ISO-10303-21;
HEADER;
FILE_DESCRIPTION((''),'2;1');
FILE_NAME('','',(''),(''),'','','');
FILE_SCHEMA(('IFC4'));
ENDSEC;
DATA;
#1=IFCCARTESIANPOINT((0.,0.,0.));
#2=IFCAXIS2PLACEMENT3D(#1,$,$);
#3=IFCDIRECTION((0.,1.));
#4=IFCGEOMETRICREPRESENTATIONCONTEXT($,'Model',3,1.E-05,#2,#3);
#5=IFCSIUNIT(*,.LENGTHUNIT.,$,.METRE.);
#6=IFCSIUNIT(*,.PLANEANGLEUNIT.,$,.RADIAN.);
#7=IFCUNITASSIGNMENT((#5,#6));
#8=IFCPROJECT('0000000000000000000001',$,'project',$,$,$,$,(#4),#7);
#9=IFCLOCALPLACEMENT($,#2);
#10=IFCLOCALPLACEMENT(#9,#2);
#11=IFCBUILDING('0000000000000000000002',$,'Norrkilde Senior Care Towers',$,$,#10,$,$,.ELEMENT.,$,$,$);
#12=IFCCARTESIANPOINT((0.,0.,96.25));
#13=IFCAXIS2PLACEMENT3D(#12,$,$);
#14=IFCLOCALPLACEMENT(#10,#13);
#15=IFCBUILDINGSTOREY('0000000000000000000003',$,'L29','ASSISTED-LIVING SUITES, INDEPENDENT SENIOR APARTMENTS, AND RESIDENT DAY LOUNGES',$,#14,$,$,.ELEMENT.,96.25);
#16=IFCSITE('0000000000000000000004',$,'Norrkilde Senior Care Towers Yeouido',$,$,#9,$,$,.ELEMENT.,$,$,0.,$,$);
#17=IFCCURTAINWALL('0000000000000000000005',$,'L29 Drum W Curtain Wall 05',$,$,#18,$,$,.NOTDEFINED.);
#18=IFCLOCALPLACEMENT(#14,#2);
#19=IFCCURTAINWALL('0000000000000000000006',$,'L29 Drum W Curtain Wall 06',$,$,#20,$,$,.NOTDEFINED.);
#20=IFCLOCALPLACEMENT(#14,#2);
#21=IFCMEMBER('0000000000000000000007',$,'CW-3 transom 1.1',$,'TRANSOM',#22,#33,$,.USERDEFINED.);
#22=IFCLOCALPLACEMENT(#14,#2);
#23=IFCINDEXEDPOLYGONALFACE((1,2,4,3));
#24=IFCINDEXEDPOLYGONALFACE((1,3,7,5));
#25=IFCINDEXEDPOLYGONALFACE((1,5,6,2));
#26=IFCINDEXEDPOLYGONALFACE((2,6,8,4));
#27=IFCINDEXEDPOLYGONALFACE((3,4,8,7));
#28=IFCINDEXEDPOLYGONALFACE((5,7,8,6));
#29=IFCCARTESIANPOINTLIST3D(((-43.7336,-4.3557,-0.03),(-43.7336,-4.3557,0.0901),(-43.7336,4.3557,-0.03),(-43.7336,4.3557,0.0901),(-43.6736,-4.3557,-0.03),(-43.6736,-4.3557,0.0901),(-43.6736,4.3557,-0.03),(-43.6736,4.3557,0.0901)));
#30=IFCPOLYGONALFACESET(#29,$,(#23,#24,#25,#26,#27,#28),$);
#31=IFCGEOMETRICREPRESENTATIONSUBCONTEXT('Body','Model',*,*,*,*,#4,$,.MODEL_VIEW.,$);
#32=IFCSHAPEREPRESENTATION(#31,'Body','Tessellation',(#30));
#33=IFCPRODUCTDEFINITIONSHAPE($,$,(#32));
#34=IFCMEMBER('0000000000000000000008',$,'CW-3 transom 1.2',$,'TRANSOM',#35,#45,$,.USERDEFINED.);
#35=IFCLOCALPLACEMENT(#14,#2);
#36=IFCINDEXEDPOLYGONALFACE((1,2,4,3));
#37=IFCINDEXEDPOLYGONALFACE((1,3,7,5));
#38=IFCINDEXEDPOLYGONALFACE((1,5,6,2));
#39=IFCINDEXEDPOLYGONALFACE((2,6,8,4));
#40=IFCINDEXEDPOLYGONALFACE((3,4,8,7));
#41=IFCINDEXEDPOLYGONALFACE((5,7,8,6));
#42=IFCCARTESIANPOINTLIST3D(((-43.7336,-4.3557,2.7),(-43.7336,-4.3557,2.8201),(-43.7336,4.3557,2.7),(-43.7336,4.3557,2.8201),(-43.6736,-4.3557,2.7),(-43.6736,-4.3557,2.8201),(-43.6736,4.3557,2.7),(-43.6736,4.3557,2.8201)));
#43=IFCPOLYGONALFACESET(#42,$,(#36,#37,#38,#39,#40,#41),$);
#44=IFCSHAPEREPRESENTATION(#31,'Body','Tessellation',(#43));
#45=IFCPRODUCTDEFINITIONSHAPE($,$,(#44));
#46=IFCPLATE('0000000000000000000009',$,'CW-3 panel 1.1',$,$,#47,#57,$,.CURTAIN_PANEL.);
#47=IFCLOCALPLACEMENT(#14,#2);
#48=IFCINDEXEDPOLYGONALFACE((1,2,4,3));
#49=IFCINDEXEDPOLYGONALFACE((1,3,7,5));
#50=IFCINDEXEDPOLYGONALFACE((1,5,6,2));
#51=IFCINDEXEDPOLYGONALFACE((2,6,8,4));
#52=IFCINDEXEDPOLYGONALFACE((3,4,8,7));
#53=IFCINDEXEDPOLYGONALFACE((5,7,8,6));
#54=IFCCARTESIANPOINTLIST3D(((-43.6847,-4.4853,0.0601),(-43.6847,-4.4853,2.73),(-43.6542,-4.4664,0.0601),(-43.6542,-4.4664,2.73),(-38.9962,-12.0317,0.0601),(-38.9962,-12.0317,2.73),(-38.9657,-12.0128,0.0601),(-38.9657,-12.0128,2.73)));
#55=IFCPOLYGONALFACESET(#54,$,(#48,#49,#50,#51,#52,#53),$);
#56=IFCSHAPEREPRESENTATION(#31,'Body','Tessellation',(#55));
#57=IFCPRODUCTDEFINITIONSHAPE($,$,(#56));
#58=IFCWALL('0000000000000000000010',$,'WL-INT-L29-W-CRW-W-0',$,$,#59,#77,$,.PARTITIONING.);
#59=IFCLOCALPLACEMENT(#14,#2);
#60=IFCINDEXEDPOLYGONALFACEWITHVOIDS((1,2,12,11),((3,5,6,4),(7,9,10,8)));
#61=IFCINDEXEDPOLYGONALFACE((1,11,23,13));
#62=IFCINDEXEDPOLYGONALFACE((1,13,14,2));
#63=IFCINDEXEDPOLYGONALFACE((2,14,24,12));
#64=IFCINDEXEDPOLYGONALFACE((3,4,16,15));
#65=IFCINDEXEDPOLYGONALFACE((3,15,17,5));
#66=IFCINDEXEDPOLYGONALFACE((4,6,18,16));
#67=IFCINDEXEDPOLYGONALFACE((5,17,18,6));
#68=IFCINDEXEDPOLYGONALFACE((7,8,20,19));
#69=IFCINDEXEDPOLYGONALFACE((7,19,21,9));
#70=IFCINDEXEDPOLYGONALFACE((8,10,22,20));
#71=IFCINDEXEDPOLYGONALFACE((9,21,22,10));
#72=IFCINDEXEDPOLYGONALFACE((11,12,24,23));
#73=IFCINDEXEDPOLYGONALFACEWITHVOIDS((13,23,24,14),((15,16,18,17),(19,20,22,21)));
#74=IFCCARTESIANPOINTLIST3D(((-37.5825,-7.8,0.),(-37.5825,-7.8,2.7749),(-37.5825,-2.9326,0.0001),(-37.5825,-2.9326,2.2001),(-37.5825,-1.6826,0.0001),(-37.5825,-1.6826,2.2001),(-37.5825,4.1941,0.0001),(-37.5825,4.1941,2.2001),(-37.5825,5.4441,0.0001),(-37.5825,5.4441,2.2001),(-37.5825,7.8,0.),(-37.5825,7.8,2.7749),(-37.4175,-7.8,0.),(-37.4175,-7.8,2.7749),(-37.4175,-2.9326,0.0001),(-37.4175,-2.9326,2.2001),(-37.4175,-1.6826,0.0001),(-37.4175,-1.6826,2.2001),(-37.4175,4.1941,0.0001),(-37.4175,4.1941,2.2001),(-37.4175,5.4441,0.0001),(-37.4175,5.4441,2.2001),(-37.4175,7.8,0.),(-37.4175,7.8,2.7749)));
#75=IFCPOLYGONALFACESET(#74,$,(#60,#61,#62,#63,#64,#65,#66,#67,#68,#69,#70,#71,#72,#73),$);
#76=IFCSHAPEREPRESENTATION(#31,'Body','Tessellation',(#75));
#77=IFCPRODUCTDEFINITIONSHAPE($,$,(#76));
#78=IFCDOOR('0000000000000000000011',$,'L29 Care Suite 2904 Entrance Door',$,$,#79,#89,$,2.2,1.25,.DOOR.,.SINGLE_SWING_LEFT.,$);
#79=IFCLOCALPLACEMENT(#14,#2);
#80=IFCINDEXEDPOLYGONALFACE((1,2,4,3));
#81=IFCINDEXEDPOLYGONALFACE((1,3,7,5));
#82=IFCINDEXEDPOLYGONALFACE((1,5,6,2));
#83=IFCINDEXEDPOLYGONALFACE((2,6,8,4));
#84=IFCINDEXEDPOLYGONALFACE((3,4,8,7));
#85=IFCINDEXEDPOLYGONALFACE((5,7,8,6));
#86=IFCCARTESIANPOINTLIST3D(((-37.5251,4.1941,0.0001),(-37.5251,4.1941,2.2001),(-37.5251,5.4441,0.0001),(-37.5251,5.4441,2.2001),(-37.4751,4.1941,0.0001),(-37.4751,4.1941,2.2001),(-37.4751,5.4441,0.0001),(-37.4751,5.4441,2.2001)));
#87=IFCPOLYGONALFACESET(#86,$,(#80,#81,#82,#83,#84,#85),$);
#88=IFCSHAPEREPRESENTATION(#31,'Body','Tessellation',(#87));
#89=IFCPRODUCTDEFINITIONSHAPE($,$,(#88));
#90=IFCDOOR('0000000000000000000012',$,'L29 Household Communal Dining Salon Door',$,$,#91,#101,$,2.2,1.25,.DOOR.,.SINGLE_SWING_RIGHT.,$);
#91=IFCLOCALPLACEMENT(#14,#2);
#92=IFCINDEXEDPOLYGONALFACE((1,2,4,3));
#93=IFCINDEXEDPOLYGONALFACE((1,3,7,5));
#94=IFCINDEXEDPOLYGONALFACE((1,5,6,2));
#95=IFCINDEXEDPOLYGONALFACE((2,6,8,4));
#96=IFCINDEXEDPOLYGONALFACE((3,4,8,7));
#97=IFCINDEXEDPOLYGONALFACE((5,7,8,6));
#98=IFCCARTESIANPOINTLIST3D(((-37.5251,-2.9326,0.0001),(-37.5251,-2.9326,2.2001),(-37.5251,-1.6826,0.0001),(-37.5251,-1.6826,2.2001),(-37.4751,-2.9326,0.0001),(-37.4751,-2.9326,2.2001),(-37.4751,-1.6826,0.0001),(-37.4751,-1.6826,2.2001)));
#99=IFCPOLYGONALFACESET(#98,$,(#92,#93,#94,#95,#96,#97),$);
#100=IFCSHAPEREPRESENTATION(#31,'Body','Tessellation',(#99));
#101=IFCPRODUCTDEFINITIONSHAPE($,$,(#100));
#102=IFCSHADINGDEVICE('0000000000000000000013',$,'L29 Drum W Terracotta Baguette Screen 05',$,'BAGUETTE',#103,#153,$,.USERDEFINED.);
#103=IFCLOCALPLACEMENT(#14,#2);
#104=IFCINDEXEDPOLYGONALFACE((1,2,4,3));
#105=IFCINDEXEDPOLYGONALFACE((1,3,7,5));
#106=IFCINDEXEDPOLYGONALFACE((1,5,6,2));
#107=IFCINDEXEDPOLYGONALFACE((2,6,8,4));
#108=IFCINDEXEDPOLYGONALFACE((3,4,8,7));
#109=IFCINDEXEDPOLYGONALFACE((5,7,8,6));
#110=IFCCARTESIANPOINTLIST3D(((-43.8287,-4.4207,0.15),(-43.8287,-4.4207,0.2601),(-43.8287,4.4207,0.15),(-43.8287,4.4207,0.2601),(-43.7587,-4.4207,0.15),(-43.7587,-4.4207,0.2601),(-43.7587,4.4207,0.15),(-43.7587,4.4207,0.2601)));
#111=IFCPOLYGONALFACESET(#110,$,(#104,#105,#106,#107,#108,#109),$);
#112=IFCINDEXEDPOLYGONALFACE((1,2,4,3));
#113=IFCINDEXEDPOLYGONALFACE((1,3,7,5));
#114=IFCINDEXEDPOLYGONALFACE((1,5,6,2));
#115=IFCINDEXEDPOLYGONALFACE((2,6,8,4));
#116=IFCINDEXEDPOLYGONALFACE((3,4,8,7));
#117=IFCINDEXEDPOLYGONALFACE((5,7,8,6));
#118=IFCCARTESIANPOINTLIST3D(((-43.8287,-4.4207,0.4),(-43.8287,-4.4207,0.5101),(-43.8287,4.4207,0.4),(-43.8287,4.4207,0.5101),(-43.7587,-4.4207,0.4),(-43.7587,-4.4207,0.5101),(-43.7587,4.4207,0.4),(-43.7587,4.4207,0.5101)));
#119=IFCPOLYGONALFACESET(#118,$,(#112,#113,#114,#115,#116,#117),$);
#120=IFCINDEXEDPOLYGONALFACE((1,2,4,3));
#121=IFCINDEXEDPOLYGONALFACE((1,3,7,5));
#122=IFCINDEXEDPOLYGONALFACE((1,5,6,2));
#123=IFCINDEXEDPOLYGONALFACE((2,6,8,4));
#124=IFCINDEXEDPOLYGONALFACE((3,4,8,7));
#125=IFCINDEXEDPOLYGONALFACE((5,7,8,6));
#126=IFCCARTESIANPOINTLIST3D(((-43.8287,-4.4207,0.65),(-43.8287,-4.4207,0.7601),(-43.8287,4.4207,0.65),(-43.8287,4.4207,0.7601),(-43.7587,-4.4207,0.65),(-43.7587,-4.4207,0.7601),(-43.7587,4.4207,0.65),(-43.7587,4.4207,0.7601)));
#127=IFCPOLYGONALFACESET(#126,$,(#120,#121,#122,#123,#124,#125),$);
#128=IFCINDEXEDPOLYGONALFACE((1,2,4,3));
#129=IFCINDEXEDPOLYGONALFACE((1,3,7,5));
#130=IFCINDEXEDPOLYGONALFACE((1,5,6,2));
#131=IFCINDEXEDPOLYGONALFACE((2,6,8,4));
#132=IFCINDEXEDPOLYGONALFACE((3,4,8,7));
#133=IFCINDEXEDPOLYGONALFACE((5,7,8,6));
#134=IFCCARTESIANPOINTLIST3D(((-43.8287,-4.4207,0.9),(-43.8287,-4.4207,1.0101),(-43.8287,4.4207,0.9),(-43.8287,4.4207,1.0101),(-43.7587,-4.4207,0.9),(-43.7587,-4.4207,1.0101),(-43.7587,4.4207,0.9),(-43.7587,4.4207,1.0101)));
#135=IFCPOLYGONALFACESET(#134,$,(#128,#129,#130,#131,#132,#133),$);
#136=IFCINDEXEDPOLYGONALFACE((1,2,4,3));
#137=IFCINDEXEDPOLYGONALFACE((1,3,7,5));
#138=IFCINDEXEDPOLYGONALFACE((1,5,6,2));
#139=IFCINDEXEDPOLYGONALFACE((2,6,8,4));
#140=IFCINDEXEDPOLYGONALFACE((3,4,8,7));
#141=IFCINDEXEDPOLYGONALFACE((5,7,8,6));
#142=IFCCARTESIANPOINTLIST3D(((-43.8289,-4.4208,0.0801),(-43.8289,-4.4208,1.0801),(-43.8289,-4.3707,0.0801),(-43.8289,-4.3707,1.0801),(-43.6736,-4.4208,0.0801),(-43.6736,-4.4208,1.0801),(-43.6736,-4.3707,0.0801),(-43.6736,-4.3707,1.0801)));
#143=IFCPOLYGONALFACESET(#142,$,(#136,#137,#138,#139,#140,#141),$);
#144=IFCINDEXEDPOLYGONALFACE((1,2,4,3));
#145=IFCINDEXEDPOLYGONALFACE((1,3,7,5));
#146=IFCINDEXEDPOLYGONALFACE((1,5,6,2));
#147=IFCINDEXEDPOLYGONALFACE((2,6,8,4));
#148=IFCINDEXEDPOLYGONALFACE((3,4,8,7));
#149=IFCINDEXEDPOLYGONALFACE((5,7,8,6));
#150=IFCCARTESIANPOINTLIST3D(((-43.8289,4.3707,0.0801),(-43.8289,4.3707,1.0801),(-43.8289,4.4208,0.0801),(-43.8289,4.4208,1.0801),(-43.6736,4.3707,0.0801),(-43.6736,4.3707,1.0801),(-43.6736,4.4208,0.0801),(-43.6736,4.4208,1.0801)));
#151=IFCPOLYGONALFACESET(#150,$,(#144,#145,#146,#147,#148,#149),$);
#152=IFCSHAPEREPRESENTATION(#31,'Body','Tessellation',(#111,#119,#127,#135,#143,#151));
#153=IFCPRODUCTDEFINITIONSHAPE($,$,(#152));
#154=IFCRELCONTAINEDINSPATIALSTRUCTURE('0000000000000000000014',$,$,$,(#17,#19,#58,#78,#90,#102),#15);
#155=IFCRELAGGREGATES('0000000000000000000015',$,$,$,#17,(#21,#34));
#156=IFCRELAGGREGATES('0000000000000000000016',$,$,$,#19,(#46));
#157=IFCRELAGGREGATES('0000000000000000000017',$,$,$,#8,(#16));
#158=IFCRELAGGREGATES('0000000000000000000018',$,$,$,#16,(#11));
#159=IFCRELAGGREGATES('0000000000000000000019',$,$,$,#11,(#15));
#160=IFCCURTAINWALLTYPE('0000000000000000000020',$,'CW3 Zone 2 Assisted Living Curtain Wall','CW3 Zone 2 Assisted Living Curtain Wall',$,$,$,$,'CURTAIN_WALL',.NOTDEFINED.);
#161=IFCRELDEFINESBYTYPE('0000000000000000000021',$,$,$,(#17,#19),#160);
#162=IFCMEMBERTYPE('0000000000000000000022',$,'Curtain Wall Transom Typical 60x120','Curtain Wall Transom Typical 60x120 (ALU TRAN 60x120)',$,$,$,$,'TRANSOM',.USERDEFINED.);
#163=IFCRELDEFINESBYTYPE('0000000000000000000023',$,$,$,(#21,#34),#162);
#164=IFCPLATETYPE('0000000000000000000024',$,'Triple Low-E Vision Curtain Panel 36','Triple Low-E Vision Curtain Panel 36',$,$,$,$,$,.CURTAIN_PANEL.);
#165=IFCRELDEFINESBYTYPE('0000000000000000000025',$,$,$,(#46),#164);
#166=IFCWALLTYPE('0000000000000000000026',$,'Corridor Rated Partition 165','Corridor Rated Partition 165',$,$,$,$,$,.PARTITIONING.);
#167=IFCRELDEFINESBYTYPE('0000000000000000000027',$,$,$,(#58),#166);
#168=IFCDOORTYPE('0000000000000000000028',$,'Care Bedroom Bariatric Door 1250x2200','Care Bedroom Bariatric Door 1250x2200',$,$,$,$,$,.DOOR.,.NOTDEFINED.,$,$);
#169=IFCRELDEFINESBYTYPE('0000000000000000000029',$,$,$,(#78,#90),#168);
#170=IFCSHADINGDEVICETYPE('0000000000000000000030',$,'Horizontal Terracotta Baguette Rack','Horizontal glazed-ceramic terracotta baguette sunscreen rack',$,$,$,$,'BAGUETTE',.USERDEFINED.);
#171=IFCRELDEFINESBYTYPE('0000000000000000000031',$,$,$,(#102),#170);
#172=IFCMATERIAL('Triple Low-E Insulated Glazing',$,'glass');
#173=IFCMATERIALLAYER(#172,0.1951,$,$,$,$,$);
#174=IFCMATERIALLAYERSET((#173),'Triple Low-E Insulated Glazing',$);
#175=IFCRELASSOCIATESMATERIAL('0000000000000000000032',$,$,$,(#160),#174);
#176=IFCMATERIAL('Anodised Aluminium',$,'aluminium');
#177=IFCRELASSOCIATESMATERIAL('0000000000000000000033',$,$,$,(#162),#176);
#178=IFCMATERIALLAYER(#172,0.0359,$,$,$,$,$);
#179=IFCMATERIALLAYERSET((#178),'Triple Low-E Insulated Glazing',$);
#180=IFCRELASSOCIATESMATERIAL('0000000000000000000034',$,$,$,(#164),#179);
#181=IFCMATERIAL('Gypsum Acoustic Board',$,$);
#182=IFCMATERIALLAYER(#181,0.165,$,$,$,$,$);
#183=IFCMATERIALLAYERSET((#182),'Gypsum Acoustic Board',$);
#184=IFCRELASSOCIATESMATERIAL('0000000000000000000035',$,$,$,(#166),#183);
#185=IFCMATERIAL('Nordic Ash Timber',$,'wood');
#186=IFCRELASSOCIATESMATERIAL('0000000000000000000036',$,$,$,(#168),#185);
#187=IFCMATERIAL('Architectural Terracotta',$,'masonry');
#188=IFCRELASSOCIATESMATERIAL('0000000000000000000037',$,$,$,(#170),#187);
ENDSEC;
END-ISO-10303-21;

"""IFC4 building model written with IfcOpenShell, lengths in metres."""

from ifc_helpers import new_model, si_unit, direction, frame, frame_2d, origin, origin_2d, place, context, subcontext, project, spatial, rectangle, extrude, source, transform, mapped, material, layer, layer_set, material_profile, profile_set, type_object, type_shapes, element, fill, aggregate, save


model = new_model("IFC4")

# Units and contexts
model_context = context("Model", 3, precision=1e-05, world=origin(), true_north=direction((0.0, 1.0)))
body_context = subcontext(model_context, "Body", "Model", "MODEL_VIEW")
ifc_project = project(units=[si_unit("LENGTHUNIT", "METRE"), si_unit("PLANEANGLEUNIT", "RADIAN")], contexts=[model_context])

# Site, building, storey
site_placement = place(None, origin())
site = spatial("IfcSite", under=ifc_project, at=site_placement, Name="Norrkilde Senior Care Towers Yeouido", CompositionType="ELEMENT", RefElevation=0.0)
building_placement = place(site_placement, origin())
building = spatial("IfcBuilding", under=site, at=building_placement, Name="Norrkilde Senior Care Towers", CompositionType="ELEMENT")
storey_placement = place(building_placement, frame((0.0, 0.0, 96.25)))
storey = spatial("IfcBuildingStorey", under=building, at=storey_placement, Name="L29", Description="ASSISTED-LIVING SUITES, INDEPENDENT SENIOR APARTMENTS, AND RESIDENT DAY LOUNGES", CompositionType="ELEMENT", Elevation=96.25)

# Curtain wall
ifc_material_1 = material(Name="Triple Low-E Insulated Glazing", Category="glass")
ifc_layer_1 = layer(ifc_material_1, 0.1951)
ifc_layer_set_1 = layer_set([ifc_layer_1], Name="Triple Low-E Insulated Glazing")
curtain_wall_type = type_object("IfcCurtainWallType", Name="CW3 Zone 2 Assisted Living Curtain Wall", Description="CW3 Zone 2 Assisted Living Curtain Wall", ElementType="CURTAIN_WALL", PredefinedType="NOTDEFINED", material=ifc_layer_set_1)
curtain_wall_1_placement = place(storey_placement, origin())
curtain_wall_1 = element("IfcCurtainWall", 1, at=curtain_wall_1_placement, inside=storey, type_object=curtain_wall_type, Name="L29 Drum W Curtain Wall 05", PredefinedType="NOTDEFINED")
ifc_material_2 = material(Name="Anodised Aluminium", Category="aluminium")

# Curtain wall
curtain_wall_2_placement = place(storey_placement, origin())
curtain_wall_2 = element("IfcCurtainWall", 2, at=curtain_wall_2_placement, inside=storey, type_object=curtain_wall_type, Name="L29 Drum W Curtain Wall 06", PredefinedType="NOTDEFINED")

# Members
ifc_material_profile_1 = material_profile(ifc_material_2, rectangle(XDim=0.0601, YDim=0.1201, at=origin_2d()), Name="ALU TRAN 60x120")
ifc_profile_set_1 = profile_set([ifc_material_profile_1], Name="Anodised Aluminium")
member_type_1 = type_object("IfcMemberType", Name="Curtain Wall Transom Typical 60x120", Description="Curtain Wall Transom Typical 60x120 (ALU TRAN 60x120)", ElementType="TRANSOM", PredefinedType="USERDEFINED", material=ifc_profile_set_1)
shared_shape_1 = source(origin(), body_context, "Body", "SweptSolid", [
    extrude(rectangle(XDim=0.0601, YDim=0.1201, at=origin_2d()), origin(), (0.0, 0.0, 1.0), 8.7114),
])
member_1_placement = place(storey_placement, frame((-43.7036, -4.3557, 0.03), z_axis=(0.0, 1.0, 0.0), x_axis=(-1.0, 0.0, 0.0)))
member_1 = element("IfcMember", 3, at=member_1_placement, type_object=member_type_1, Name="CW-3 transom 1.1", ObjectType="TRANSOM", PredefinedType="USERDEFINED", context=body_context, shape_type="MappedRepresentation", body=[
    mapped(shared_shape_1, transform((0.0, 0.0, 0.0), x_axis=(1.0, 0.0, 0.0), y_axis=(0.0, 1.0, 0.0), z_axis=(0.0, 0.0, 1.0), scale=1.0)),
])
member_2_placement = place(storey_placement, frame((-43.7036, -4.3557, 2.76), z_axis=(0.0, 1.0, 0.0), x_axis=(-1.0, 0.0, 0.0)))
member_2 = element("IfcMember", 4, at=member_2_placement, type_object=member_type_1, Name="CW-3 transom 1.2", ObjectType="TRANSOM", PredefinedType="USERDEFINED", context=body_context, shape_type="MappedRepresentation", body=[
    mapped(shared_shape_1, transform((0.0, 0.0, 0.0), x_axis=(1.0, 0.0, 0.0), y_axis=(0.0, 1.0, 0.0), z_axis=(0.0, 0.0, 1.0), scale=1.0)),
])
aggregate(curtain_wall_1, [member_1, member_2])

# Plate
ifc_layer_2 = layer(ifc_material_1, 0.0359)
ifc_layer_set_2 = layer_set([ifc_layer_2], Name="Triple Low-E Insulated Glazing")
plate_type = type_object("IfcPlateType", Name="Triple Low-E Vision Curtain Panel 36", Description="Triple Low-E Vision Curtain Panel 36", PredefinedType="CURTAIN_PANEL", material=ifc_layer_set_2)
shared_shape_2 = source(origin(), body_context, "Body", "SweptSolid", [
    extrude(rectangle(XDim=8.8843, YDim=0.0359, at=origin_2d()), origin(), (0.0, 0.0, 1.0), 2.6699),
])
type_shapes(plate_type, [shared_shape_2])
plate_placement = place(storey_placement, frame((-41.3252, -8.249, 0.0601), z_axis=(0.0, 0.0, 1.0), x_axis=(-0.527733, 0.84941, 0.0)))
plate = element("IfcPlate", 5, at=plate_placement, type_object=plate_type, Name="CW-3 panel 1.1", PredefinedType="CURTAIN_PANEL", context=body_context, shape_type="MappedRepresentation", body=[
    mapped(shared_shape_2, transform((0.0, 0.0, 0.0), x_axis=(1.0, 0.0, 0.0), y_axis=(0.0, 1.0, 0.0), z_axis=(0.0, 0.0, 1.0), scale=1.0)),
])
aggregate(curtain_wall_2, [plate])

# Wall, openings, doors
ifc_material_3 = material(Name="Gypsum Acoustic Board")
ifc_layer_3 = layer(ifc_material_3, 0.165)
ifc_layer_set_3 = layer_set([ifc_layer_3], Name="Gypsum Acoustic Board")
wall_type_1 = type_object("IfcWallType", Name="Corridor Rated Partition 165", Description="Corridor Rated Partition 165", PredefinedType="PARTITIONING", material=ifc_layer_set_3)
shared_shape_3 = source(origin(), body_context, "Body", "SweptSolid", [
    extrude(rectangle(XDim=15.6001, YDim=0.165, at=frame_2d((7.8, 0.0))), origin(), (0.0, 0.0, 1.0), 2.7749),
])
type_shapes(wall_type_1, [shared_shape_3])
wall_1_placement = place(storey_placement, frame((-37.5, -7.8, 0.0), z_axis=(0.0, 0.0, 1.0), x_axis=(0.0, 1.0, 0.0)))
wall_1 = element("IfcWall", 6, at=wall_1_placement, inside=storey, type_object=wall_type_1, Name="WL-INT-L29-W-CRW-W-0", PredefinedType="PARTITIONING", context=body_context, shape_type="MappedRepresentation", body=[
    mapped(shared_shape_3, transform((0.0, 0.0, 0.0), x_axis=(1.0, 0.0, 0.0), y_axis=(0.0, 1.0, 0.0), z_axis=(0.0, 0.0, 1.0), scale=1.0)),
])
opening_1_placement = place(wall_1_placement, frame((11.9941, 0.0, 0.0)))
opening_1 = element("IfcOpeningElement", 7, at=opening_1_placement, cuts=wall_1, PredefinedType="OPENING", context=body_context, shape_type="SweptSolid", body=[
    extrude(rectangle(XDim=1.25, YDim=2.2, at=frame_2d((0.625, 1.1001))), frame((0.0, 0.0925, 0.0), z_axis=(0.0, -1.0, 0.0), x_axis=(1.0, 0.0, 0.0)), (0.0, 0.0, 1.0), 0.1851),
])
opening_2_placement = place(wall_1_placement, frame((4.8674, 0.0, 0.0)))
opening_2 = element("IfcOpeningElement", 8, at=opening_2_placement, cuts=wall_1, PredefinedType="OPENING", context=body_context, shape_type="SweptSolid", body=[
    extrude(rectangle(XDim=1.25, YDim=2.2, at=frame_2d((0.625, 1.1001))), frame((0.0, 0.0925, 0.0), z_axis=(0.0, -1.0, 0.0), x_axis=(1.0, 0.0, 0.0)), (0.0, 0.0, 1.0), 0.1851),
])
ifc_material_4 = material(Name="Nordic Ash Timber", Category="wood")
door_type_1 = type_object("IfcDoorType", Name="Care Bedroom Bariatric Door 1250x2200", Description="Care Bedroom Bariatric Door 1250x2200", OperationType="NOTDEFINED", PredefinedType="DOOR", material=ifc_material_4)
shared_shape_4 = source(origin(), body_context, "Body", "SweptSolid", [
    extrude(rectangle(XDim=1.25, YDim=2.2, at=frame_2d((0.625, 1.1001))), frame((0.0, 0.0249, 0.0), z_axis=(0.0, -1.0, 0.0), x_axis=(1.0, 0.0, 0.0)), (0.0, 0.0, 1.0), 0.05),
])
type_shapes(door_type_1, [shared_shape_4])
door_1_placement = place(opening_1_placement, frame((1.25, 0.0, 0.0), z_axis=(0.0, 0.0, 1.0), x_axis=(-1.0, 0.0, 0.0)))
door_1 = element("IfcDoor", 9, at=door_1_placement, inside=storey, type_object=door_type_1, Name="L29 Care Suite 2904 Entrance Door", OperationType="SINGLE_SWING_LEFT", OverallHeight=2.2, OverallWidth=1.25, PredefinedType="DOOR", context=body_context, shape_type="MappedRepresentation", body=[
    mapped(shared_shape_4, transform((0.0, 0.0, 0.0), x_axis=(1.0, 0.0, 0.0), y_axis=(0.0, 1.0, 0.0), z_axis=(0.0, 0.0, 1.0), scale=1.0)),
])
fill(opening_1, door_1)
door_2_placement = place(opening_2_placement, frame((1.25, 0.0, 0.0), z_axis=(0.0, 0.0, 1.0), x_axis=(-1.0, 0.0, 0.0)))
door_2 = element("IfcDoor", 10, at=door_2_placement, inside=storey, type_object=door_type_1, Name="L29 Household Communal Dining Salon Door", OperationType="SINGLE_SWING_RIGHT", OverallHeight=2.2, OverallWidth=1.25, PredefinedType="DOOR", context=body_context, shape_type="MappedRepresentation", body=[
    mapped(shared_shape_4, transform((0.0, 0.0, 0.0), x_axis=(1.0, 0.0, 0.0), y_axis=(0.0, 1.0, 0.0), z_axis=(0.0, 0.0, 1.0), scale=1.0)),
])
fill(opening_2, door_2)

# Shading device
ifc_material_5 = material(Name="Architectural Terracotta", Category="masonry")
shading_device_type = type_object("IfcShadingDeviceType", Name="Horizontal Terracotta Baguette Rack", Description="Horizontal glazed-ceramic terracotta baguette sunscreen rack", ElementType="BAGUETTE", PredefinedType="USERDEFINED", material=ifc_material_5)
shared_shape_5 = source(origin(), body_context, "Body", "SweptSolid", [
    extrude(rectangle(XDim=0.0701, YDim=0.1101, at=origin_2d()), frame((0.0, 0.0901, 0.125), z_axis=(1.0, 0.0, 0.0), x_axis=(0.0, 1.0, 0.0)), (0.0, 0.0, 1.0), 8.8413),
    extrude(rectangle(XDim=0.0701, YDim=0.1101, at=origin_2d()), frame((0.0, 0.0901, 0.375), z_axis=(1.0, 0.0, 0.0), x_axis=(0.0, 1.0, 0.0)), (0.0, 0.0, 1.0), 8.8413),
    extrude(rectangle(XDim=0.0701, YDim=0.1101, at=origin_2d()), frame((0.0, 0.0901, 0.625), z_axis=(1.0, 0.0, 0.0), x_axis=(0.0, 1.0, 0.0)), (0.0, 0.0, 1.0), 8.8413),
    extrude(rectangle(XDim=0.0701, YDim=0.1101, at=origin_2d()), frame((0.0, 0.0901, 0.875), z_axis=(1.0, 0.0, 0.0), x_axis=(0.0, 1.0, 0.0)), (0.0, 0.0, 1.0), 8.8413),
    extrude(rectangle(XDim=0.05, YDim=0.1553, at=origin_2d()), frame((0.0249, 0.0476, 0.0)), (0.0, 0.0, 1.0), 1.0),
    extrude(rectangle(XDim=0.05, YDim=0.1553, at=origin_2d()), frame((8.8164, 0.0476, 0.0)), (0.0, 0.0, 1.0), 1.0),
])
type_shapes(shading_device_type, [shared_shape_5])
shading_device_placement = place(storey_placement, frame((-43.7036, -4.4207, 0.0801), z_axis=(0.0, 0.0, 1.0), x_axis=(0.0, 1.0, 0.0)))
element("IfcShadingDevice", 11, at=shading_device_placement, inside=storey, type_object=shading_device_type, Name="L29 Drum W Terracotta Baguette Screen 05", ObjectType="BAGUETTE", PredefinedType="USERDEFINED", context=body_context, shape_type="MappedRepresentation", body=[
    mapped(shared_shape_5, transform((0.0, 0.0, 0.0), x_axis=(1.0, 0.0, 0.0), y_axis=(0.0, 1.0, 0.0), z_axis=(0.0, 0.0, 1.0), scale=1.0)),
])

save(model, "model.ifc")
